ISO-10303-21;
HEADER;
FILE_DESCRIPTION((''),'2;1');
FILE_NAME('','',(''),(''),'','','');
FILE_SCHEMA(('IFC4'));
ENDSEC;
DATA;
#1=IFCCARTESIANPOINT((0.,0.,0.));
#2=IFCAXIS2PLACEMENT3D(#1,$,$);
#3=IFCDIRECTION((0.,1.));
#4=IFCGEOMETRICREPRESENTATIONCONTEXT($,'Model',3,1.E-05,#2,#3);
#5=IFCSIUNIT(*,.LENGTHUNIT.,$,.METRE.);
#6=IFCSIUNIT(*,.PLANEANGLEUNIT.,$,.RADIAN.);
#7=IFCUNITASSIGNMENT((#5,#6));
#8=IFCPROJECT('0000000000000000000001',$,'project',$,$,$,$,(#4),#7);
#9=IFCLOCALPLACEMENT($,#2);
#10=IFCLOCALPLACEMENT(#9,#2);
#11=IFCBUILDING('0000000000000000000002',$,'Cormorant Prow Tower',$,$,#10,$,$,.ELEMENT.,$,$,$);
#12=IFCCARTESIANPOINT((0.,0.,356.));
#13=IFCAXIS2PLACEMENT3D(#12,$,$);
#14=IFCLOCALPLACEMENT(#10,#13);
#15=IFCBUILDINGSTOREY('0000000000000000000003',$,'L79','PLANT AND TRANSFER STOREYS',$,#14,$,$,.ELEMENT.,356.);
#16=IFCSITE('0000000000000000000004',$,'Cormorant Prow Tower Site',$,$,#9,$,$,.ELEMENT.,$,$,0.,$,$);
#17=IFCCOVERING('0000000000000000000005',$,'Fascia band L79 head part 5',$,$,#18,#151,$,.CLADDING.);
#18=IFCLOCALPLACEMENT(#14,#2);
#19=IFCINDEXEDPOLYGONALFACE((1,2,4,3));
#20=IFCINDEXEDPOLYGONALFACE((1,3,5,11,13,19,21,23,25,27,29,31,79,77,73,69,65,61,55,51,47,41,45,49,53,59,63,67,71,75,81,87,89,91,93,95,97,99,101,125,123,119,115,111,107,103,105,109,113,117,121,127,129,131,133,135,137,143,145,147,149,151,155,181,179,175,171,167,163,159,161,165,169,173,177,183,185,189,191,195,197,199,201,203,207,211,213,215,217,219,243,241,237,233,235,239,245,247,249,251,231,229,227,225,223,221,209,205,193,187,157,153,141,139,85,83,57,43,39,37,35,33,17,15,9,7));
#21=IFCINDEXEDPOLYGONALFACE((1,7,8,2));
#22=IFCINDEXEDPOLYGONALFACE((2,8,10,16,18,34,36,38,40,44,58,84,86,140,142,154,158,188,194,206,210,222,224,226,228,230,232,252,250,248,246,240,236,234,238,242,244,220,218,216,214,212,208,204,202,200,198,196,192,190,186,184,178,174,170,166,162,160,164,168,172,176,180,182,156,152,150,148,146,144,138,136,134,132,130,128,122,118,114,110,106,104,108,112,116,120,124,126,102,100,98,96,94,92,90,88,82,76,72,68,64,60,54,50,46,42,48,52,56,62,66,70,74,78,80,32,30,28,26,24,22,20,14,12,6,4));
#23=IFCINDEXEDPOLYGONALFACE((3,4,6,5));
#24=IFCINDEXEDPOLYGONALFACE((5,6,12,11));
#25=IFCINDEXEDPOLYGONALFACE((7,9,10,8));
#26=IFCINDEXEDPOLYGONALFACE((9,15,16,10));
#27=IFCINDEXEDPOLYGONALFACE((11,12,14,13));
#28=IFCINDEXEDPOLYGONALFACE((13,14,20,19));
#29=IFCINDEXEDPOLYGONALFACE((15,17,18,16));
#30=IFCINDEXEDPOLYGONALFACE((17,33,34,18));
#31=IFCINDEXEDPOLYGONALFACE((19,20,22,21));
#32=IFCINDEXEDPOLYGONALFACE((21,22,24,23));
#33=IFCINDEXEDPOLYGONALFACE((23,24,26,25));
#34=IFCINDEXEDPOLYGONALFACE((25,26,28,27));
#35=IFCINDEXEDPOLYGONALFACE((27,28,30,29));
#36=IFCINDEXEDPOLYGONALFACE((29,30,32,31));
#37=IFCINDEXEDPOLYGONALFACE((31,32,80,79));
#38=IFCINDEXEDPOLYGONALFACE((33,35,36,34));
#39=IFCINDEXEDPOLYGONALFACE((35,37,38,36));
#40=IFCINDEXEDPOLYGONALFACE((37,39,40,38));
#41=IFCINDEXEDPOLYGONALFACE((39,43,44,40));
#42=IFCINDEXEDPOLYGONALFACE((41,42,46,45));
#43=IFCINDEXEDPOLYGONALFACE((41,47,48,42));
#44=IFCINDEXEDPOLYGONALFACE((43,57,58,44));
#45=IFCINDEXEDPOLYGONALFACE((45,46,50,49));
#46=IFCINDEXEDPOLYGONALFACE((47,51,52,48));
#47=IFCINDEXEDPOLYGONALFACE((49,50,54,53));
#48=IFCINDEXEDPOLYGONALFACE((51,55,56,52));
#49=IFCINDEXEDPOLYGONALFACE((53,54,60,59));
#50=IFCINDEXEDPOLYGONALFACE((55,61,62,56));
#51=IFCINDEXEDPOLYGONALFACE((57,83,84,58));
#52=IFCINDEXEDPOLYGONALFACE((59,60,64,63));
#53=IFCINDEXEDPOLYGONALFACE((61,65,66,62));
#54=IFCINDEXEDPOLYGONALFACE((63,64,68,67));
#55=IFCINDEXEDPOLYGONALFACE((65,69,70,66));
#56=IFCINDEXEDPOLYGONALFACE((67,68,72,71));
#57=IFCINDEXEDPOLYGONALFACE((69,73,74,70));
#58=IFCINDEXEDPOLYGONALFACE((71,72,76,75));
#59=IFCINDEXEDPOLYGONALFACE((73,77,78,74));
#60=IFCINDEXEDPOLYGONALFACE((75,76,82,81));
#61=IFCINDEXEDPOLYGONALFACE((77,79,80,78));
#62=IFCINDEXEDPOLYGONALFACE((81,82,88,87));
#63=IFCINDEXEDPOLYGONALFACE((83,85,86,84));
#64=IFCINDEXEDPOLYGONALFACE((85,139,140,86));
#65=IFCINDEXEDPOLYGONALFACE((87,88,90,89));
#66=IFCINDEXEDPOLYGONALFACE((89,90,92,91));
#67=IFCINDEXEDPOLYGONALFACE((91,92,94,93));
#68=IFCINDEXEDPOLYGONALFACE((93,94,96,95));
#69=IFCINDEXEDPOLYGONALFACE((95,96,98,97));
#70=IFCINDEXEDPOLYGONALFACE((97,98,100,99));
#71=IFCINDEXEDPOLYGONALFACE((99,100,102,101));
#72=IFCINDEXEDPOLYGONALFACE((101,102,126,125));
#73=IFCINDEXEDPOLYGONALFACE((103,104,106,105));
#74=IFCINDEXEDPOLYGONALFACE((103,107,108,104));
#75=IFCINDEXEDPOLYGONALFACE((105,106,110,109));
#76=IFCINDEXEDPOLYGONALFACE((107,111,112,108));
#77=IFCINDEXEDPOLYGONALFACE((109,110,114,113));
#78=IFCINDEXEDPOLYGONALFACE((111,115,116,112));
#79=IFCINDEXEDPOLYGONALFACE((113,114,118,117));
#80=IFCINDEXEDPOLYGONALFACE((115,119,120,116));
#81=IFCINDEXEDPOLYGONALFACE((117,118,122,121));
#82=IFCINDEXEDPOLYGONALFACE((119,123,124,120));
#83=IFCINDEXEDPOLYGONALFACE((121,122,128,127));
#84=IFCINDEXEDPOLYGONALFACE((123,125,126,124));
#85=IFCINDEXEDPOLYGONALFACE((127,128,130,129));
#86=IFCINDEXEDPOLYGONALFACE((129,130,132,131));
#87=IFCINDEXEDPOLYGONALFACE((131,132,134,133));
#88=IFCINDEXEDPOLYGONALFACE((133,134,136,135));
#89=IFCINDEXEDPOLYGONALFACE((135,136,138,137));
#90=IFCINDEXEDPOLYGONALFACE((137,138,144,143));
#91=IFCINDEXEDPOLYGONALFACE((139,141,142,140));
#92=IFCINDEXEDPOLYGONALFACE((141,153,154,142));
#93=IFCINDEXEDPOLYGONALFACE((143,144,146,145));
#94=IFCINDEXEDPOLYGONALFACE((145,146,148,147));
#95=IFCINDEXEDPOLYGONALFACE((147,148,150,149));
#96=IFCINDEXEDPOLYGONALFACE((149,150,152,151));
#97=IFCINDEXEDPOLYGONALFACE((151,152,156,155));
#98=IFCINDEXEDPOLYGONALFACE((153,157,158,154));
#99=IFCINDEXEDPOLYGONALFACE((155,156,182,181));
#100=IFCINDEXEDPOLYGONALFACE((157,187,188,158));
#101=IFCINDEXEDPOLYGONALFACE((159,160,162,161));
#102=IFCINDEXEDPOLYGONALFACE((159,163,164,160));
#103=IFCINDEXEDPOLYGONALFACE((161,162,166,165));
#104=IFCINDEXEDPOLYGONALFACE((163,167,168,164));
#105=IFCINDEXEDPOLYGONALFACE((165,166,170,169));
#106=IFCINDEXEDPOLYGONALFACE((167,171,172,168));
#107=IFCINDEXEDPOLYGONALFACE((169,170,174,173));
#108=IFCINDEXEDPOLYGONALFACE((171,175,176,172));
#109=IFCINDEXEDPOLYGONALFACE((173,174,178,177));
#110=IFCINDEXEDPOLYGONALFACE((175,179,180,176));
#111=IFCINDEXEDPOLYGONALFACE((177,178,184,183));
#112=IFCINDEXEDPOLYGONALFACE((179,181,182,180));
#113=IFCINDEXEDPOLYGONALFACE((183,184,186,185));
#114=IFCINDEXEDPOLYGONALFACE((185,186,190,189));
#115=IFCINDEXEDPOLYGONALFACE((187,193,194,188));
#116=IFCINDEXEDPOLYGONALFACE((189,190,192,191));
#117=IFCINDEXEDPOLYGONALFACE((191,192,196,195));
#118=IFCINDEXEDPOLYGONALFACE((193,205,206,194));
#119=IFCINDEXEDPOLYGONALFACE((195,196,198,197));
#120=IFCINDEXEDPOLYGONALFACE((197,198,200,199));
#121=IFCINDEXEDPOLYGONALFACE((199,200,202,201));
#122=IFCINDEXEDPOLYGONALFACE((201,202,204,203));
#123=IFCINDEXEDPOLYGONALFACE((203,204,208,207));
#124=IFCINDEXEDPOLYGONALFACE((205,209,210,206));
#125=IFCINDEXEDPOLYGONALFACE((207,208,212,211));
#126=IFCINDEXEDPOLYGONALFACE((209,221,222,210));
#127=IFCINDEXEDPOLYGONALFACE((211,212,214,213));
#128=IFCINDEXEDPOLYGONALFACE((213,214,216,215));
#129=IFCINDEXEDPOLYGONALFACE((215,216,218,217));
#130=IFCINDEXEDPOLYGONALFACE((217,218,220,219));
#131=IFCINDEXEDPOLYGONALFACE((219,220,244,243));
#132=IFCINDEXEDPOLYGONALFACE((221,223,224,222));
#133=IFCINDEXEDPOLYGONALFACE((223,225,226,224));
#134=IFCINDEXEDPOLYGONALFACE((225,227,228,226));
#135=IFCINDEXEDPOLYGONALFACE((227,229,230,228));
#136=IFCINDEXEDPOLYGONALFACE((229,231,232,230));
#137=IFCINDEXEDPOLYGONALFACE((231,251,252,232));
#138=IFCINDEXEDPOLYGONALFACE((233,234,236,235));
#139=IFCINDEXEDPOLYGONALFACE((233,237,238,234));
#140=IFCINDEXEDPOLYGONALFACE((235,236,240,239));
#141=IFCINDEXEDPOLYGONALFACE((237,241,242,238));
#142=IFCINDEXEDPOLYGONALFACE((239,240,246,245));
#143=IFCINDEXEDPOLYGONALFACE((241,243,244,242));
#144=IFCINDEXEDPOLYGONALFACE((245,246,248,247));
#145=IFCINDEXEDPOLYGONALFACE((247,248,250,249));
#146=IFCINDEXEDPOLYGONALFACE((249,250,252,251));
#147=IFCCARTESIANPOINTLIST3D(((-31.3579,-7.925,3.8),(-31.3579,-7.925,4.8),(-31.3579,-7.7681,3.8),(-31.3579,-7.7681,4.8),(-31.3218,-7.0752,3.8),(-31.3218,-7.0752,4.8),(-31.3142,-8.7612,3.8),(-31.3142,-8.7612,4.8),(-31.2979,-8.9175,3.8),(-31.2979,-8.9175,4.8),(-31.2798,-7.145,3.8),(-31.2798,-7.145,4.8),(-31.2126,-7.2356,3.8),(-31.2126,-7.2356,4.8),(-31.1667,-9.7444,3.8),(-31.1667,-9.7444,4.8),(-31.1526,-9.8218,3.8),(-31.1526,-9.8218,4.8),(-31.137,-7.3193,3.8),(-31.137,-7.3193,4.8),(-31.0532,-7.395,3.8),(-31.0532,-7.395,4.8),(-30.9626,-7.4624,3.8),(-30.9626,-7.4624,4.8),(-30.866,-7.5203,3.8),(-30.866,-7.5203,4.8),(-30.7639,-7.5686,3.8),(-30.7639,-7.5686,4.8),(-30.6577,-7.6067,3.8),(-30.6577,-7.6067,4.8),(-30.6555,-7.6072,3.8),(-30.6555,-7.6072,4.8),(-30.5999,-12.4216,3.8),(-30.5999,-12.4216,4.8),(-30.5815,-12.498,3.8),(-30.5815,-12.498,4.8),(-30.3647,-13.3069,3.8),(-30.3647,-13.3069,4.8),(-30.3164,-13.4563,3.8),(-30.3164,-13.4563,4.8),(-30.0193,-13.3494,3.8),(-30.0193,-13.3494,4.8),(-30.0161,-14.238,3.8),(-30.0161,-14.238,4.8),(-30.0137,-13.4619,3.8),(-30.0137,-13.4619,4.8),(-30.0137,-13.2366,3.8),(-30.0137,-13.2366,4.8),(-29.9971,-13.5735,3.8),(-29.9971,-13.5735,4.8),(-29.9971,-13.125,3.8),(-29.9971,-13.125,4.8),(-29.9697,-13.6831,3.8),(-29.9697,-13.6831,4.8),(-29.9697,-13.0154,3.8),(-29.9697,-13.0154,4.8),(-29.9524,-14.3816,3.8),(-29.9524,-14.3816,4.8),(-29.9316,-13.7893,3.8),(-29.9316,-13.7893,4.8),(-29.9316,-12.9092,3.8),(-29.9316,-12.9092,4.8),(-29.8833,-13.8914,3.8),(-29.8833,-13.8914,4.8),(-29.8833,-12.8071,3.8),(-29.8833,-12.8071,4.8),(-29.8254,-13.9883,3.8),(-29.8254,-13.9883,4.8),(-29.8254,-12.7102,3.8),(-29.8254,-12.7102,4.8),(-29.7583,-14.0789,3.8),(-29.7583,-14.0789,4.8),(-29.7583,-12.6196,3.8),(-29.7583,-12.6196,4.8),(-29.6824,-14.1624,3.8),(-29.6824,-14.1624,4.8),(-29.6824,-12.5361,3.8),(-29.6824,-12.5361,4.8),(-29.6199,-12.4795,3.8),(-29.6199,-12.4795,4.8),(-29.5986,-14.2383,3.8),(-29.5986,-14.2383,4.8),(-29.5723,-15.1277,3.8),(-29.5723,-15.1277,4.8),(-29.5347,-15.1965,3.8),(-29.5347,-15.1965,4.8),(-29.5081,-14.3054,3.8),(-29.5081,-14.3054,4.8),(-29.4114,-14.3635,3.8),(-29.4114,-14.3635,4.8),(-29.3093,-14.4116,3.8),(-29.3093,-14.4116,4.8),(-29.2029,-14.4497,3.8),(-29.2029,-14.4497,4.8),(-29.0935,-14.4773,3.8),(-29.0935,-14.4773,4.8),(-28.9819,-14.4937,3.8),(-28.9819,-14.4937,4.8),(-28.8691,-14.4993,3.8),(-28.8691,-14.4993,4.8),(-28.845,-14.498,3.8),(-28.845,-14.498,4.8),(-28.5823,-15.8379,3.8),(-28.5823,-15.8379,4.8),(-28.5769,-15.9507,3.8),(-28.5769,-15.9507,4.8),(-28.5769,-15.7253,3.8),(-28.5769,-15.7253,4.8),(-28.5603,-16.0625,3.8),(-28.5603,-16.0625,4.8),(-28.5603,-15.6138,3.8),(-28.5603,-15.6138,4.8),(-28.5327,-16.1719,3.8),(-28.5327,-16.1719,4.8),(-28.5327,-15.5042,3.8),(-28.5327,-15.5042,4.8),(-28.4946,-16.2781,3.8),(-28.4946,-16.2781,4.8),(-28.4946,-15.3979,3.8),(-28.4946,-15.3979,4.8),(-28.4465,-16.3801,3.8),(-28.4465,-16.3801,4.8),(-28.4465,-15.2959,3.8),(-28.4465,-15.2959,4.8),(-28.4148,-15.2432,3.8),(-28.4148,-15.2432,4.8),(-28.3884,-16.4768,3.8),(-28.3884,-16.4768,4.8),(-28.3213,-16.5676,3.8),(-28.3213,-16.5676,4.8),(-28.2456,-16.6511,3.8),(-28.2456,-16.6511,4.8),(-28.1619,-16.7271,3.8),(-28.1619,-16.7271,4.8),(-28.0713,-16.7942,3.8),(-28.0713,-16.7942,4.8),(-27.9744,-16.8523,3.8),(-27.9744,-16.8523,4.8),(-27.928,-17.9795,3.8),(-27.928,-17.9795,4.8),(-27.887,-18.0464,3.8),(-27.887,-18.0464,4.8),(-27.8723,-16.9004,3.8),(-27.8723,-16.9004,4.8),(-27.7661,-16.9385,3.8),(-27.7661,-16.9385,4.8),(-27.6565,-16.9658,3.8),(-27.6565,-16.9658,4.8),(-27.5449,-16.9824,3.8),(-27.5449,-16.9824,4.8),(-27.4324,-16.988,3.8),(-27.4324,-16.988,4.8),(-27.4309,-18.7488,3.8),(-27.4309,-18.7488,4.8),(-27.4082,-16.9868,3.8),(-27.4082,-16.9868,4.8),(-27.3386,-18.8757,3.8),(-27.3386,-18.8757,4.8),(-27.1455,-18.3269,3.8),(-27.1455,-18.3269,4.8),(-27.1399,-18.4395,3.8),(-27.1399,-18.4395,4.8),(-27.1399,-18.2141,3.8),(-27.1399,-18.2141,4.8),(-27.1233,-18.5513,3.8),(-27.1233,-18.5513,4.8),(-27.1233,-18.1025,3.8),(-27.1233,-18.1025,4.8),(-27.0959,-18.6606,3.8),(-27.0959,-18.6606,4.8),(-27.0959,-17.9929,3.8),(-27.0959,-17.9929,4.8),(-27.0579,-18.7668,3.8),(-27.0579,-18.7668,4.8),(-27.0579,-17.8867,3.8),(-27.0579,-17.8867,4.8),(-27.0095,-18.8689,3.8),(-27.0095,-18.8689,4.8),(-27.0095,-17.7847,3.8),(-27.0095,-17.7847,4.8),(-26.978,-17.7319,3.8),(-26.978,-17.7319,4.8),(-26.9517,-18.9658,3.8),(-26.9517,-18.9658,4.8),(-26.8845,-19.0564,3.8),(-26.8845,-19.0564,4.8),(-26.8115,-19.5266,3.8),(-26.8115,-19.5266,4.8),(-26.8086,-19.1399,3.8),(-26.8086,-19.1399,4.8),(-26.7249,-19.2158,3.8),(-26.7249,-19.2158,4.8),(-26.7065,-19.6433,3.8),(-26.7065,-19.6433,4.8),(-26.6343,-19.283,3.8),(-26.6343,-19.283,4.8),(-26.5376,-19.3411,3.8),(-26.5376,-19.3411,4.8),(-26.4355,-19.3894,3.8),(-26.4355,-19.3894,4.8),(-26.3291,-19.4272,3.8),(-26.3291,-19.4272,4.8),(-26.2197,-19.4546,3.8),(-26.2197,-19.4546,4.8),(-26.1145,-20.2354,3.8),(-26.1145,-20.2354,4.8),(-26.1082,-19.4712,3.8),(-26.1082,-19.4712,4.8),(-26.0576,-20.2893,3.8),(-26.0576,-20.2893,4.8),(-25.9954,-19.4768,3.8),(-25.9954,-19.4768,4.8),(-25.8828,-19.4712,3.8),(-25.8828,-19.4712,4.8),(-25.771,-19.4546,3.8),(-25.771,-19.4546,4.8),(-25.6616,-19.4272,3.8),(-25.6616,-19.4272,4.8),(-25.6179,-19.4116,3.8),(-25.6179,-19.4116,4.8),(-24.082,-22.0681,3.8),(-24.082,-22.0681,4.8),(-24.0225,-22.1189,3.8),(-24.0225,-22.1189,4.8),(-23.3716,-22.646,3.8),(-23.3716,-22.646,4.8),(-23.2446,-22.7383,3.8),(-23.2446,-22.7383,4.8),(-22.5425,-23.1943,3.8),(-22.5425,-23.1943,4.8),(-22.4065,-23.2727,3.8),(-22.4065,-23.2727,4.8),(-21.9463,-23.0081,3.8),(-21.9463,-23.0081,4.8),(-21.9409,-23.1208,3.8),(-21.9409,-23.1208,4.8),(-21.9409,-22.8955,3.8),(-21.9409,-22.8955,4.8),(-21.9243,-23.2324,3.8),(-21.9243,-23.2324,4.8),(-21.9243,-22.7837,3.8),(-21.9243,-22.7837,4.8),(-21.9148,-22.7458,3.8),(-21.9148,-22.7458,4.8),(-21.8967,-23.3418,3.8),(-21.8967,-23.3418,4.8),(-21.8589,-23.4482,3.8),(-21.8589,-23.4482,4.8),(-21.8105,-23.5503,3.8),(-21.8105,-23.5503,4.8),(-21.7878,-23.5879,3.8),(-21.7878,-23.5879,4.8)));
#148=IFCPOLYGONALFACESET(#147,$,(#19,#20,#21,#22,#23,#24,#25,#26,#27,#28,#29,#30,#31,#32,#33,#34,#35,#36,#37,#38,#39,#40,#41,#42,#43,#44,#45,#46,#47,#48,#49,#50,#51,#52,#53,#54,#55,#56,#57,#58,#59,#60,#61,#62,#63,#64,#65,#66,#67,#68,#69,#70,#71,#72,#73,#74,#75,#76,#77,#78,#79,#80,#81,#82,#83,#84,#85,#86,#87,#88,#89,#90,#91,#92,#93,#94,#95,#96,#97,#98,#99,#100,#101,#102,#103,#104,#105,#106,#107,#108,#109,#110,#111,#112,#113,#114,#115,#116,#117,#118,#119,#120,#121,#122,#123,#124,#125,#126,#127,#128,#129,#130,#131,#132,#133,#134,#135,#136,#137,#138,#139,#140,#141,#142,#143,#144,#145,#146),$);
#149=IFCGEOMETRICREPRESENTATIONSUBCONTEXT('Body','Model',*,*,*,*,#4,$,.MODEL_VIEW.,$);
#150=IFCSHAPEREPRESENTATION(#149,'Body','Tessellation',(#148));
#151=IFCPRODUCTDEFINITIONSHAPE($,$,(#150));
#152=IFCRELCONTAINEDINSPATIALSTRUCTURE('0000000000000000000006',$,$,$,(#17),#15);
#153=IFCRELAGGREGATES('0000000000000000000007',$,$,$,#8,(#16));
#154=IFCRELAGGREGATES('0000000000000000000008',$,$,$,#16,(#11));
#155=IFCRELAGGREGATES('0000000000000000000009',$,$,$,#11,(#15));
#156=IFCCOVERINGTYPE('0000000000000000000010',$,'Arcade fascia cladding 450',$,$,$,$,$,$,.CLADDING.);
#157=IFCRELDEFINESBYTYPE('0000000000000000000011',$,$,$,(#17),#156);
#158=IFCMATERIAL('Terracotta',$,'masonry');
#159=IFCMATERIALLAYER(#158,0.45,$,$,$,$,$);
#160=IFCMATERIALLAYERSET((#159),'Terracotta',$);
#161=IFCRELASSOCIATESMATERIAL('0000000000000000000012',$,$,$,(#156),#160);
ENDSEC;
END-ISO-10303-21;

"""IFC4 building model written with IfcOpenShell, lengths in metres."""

from ifc_helpers import new_model, si_unit, direction, frame, origin, place, context, subcontext, project, spatial, polyline, outline, extrude, material, layer, layer_set, type_object, element, save


model = new_model("IFC4")

# Units and contexts
model_context = context("Model", 3, precision=1e-05, world=origin(), true_north=direction((0.0, 1.0)))
body_context = subcontext(model_context, "Body", "Model", "MODEL_VIEW")
ifc_project = project(units=[si_unit("LENGTHUNIT", "METRE"), si_unit("PLANEANGLEUNIT", "RADIAN")], contexts=[model_context])

# Site, building, storey
site_placement = place(None, origin())
site = spatial("IfcSite", under=ifc_project, at=site_placement, Name="Cormorant Prow Tower Site", CompositionType="ELEMENT", RefElevation=0.0)
building_placement = place(site_placement, origin())
building = spatial("IfcBuilding", under=site, at=building_placement, Name="Cormorant Prow Tower", CompositionType="ELEMENT")
storey_placement = place(building_placement, frame((0.0, 0.0, 356.0)))
storey = spatial("IfcBuildingStorey", under=building, at=storey_placement, Name="L79", Description="PLANT AND TRANSFER STOREYS", CompositionType="ELEMENT", Elevation=356.0)

# Covering
ifc_material_1 = material(Name="Terracotta", Category="masonry")
ifc_layer_1 = layer(ifc_material_1, 0.45)
ifc_layer_set_1 = layer_set([ifc_layer_1], Name="Terracotta")
covering_type = type_object("IfcCoveringType", Name="Arcade fascia cladding 450", PredefinedType="CLADDING", material=ifc_layer_set_1)
covering_1_placement = place(storey_placement, frame((0.0, 0.0, 3.8)))
element("IfcCovering", 1, at=covering_1_placement, inside=storey, type_object=covering_type, Name="Fascia band L79 head part 5", PredefinedType="CLADDING", context=body_context, shape_type="SweptSolid", body=[
    extrude(outline(polyline([(-23.2446, -22.7383), (-23.3716, -22.646), (-24.0225, -22.1189), (-24.082, -22.0681), (-26.0576, -20.2893), (-26.1145, -20.2354), (-26.7065, -19.6433), (-26.8115, -19.5266), (-27.3386, -18.8757), (-27.4309, -18.7488), (-27.887, -18.0464), (-27.928, -17.9795), (-29.5347, -15.1965), (-29.5723, -15.1277), (-29.9524, -14.3816), (-30.0161, -14.238), (-30.3164, -13.4563), (-30.3647, -13.3069), (-30.5815, -12.498), (-30.5999, -12.4216), (-31.1526, -9.8218), (-31.1667, -9.7444), (-31.2979, -8.9175), (-31.3142, -8.7612), (-31.3579, -7.925), (-31.3579, -7.7681), (-31.3218, -7.0752), (-31.2798, -7.145), (-31.2126, -7.2356), (-31.137, -7.3193), (-31.0532, -7.395), (-30.9626, -7.4624), (-30.866, -7.5203), (-30.7639, -7.5686), (-30.6577, -7.6067), (-30.6555, -7.6072), (-29.6199, -12.4795), (-29.6824, -12.5361), (-29.7583, -12.6196), (-29.8254, -12.7102), (-29.8833, -12.8071), (-29.9316, -12.9092), (-29.9697, -13.0154), (-29.9971, -13.125), (-30.0137, -13.2366), (-30.0193, -13.3494), (-30.0137, -13.4619), (-29.9971, -13.5735), (-29.9697, -13.6831), (-29.9316, -13.7893), (-29.8833, -13.8914), (-29.8254, -13.9883), (-29.7583, -14.0789), (-29.6824, -14.1624), (-29.5986, -14.2383), (-29.5081, -14.3054), (-29.4114, -14.3635), (-29.3093, -14.4116), (-29.2029, -14.4497), (-29.0935, -14.4773), (-28.9819, -14.4937), (-28.8691, -14.4993), (-28.845, -14.498), (-28.4148, -15.2432), (-28.4465, -15.2959), (-28.4946, -15.3979), (-28.5327, -15.5042), (-28.5603, -15.6138), (-28.5769, -15.7253), (-28.5823, -15.8379), (-28.5769, -15.9507), (-28.5603, -16.0625), (-28.5327, -16.1719), (-28.4946, -16.2781), (-28.4465, -16.3801), (-28.3884, -16.4768), (-28.3213, -16.5676), (-28.2456, -16.6511), (-28.1619, -16.7271), (-28.0713, -16.7942), (-27.9744, -16.8523), (-27.8723, -16.9004), (-27.7661, -16.9385), (-27.6565, -16.9658), (-27.5449, -16.9824), (-27.4324, -16.988), (-27.4082, -16.9868), (-26.978, -17.7319), (-27.0095, -17.7847), (-27.0579, -17.8867), (-27.0959, -17.9929), (-27.1233, -18.1025), (-27.1399, -18.2141), (-27.1455, -18.3269), (-27.1399, -18.4395), (-27.1233, -18.5513), (-27.0959, -18.6606), (-27.0579, -18.7668), (-27.0095, -18.8689), (-26.9517, -18.9658), (-26.8845, -19.0564), (-26.8086, -19.1399), (-26.7249, -19.2158), (-26.6343, -19.283), (-26.5376, -19.3411), (-26.4355, -19.3894), (-26.3291, -19.4272), (-26.2197, -19.4546), (-26.1082, -19.4712), (-25.9954, -19.4768), (-25.8828, -19.4712), (-25.771, -19.4546), (-25.6616, -19.4272), (-25.6179, -19.4116), (-21.9148, -22.7458), (-21.9243, -22.7837), (-21.9409, -22.8955), (-21.9463, -23.0081), (-21.9409, -23.1208), (-21.9243, -23.2324), (-21.8967, -23.3418), (-21.8589, -23.4482), (-21.8105, -23.5503), (-21.7878, -23.5879), (-22.4065, -23.2727), (-22.5425, -23.1943), (-23.2446, -22.7383)])), origin(), (0.0, 0.0, 1.0), 1.0),
])

save(model, "model.ifc")
